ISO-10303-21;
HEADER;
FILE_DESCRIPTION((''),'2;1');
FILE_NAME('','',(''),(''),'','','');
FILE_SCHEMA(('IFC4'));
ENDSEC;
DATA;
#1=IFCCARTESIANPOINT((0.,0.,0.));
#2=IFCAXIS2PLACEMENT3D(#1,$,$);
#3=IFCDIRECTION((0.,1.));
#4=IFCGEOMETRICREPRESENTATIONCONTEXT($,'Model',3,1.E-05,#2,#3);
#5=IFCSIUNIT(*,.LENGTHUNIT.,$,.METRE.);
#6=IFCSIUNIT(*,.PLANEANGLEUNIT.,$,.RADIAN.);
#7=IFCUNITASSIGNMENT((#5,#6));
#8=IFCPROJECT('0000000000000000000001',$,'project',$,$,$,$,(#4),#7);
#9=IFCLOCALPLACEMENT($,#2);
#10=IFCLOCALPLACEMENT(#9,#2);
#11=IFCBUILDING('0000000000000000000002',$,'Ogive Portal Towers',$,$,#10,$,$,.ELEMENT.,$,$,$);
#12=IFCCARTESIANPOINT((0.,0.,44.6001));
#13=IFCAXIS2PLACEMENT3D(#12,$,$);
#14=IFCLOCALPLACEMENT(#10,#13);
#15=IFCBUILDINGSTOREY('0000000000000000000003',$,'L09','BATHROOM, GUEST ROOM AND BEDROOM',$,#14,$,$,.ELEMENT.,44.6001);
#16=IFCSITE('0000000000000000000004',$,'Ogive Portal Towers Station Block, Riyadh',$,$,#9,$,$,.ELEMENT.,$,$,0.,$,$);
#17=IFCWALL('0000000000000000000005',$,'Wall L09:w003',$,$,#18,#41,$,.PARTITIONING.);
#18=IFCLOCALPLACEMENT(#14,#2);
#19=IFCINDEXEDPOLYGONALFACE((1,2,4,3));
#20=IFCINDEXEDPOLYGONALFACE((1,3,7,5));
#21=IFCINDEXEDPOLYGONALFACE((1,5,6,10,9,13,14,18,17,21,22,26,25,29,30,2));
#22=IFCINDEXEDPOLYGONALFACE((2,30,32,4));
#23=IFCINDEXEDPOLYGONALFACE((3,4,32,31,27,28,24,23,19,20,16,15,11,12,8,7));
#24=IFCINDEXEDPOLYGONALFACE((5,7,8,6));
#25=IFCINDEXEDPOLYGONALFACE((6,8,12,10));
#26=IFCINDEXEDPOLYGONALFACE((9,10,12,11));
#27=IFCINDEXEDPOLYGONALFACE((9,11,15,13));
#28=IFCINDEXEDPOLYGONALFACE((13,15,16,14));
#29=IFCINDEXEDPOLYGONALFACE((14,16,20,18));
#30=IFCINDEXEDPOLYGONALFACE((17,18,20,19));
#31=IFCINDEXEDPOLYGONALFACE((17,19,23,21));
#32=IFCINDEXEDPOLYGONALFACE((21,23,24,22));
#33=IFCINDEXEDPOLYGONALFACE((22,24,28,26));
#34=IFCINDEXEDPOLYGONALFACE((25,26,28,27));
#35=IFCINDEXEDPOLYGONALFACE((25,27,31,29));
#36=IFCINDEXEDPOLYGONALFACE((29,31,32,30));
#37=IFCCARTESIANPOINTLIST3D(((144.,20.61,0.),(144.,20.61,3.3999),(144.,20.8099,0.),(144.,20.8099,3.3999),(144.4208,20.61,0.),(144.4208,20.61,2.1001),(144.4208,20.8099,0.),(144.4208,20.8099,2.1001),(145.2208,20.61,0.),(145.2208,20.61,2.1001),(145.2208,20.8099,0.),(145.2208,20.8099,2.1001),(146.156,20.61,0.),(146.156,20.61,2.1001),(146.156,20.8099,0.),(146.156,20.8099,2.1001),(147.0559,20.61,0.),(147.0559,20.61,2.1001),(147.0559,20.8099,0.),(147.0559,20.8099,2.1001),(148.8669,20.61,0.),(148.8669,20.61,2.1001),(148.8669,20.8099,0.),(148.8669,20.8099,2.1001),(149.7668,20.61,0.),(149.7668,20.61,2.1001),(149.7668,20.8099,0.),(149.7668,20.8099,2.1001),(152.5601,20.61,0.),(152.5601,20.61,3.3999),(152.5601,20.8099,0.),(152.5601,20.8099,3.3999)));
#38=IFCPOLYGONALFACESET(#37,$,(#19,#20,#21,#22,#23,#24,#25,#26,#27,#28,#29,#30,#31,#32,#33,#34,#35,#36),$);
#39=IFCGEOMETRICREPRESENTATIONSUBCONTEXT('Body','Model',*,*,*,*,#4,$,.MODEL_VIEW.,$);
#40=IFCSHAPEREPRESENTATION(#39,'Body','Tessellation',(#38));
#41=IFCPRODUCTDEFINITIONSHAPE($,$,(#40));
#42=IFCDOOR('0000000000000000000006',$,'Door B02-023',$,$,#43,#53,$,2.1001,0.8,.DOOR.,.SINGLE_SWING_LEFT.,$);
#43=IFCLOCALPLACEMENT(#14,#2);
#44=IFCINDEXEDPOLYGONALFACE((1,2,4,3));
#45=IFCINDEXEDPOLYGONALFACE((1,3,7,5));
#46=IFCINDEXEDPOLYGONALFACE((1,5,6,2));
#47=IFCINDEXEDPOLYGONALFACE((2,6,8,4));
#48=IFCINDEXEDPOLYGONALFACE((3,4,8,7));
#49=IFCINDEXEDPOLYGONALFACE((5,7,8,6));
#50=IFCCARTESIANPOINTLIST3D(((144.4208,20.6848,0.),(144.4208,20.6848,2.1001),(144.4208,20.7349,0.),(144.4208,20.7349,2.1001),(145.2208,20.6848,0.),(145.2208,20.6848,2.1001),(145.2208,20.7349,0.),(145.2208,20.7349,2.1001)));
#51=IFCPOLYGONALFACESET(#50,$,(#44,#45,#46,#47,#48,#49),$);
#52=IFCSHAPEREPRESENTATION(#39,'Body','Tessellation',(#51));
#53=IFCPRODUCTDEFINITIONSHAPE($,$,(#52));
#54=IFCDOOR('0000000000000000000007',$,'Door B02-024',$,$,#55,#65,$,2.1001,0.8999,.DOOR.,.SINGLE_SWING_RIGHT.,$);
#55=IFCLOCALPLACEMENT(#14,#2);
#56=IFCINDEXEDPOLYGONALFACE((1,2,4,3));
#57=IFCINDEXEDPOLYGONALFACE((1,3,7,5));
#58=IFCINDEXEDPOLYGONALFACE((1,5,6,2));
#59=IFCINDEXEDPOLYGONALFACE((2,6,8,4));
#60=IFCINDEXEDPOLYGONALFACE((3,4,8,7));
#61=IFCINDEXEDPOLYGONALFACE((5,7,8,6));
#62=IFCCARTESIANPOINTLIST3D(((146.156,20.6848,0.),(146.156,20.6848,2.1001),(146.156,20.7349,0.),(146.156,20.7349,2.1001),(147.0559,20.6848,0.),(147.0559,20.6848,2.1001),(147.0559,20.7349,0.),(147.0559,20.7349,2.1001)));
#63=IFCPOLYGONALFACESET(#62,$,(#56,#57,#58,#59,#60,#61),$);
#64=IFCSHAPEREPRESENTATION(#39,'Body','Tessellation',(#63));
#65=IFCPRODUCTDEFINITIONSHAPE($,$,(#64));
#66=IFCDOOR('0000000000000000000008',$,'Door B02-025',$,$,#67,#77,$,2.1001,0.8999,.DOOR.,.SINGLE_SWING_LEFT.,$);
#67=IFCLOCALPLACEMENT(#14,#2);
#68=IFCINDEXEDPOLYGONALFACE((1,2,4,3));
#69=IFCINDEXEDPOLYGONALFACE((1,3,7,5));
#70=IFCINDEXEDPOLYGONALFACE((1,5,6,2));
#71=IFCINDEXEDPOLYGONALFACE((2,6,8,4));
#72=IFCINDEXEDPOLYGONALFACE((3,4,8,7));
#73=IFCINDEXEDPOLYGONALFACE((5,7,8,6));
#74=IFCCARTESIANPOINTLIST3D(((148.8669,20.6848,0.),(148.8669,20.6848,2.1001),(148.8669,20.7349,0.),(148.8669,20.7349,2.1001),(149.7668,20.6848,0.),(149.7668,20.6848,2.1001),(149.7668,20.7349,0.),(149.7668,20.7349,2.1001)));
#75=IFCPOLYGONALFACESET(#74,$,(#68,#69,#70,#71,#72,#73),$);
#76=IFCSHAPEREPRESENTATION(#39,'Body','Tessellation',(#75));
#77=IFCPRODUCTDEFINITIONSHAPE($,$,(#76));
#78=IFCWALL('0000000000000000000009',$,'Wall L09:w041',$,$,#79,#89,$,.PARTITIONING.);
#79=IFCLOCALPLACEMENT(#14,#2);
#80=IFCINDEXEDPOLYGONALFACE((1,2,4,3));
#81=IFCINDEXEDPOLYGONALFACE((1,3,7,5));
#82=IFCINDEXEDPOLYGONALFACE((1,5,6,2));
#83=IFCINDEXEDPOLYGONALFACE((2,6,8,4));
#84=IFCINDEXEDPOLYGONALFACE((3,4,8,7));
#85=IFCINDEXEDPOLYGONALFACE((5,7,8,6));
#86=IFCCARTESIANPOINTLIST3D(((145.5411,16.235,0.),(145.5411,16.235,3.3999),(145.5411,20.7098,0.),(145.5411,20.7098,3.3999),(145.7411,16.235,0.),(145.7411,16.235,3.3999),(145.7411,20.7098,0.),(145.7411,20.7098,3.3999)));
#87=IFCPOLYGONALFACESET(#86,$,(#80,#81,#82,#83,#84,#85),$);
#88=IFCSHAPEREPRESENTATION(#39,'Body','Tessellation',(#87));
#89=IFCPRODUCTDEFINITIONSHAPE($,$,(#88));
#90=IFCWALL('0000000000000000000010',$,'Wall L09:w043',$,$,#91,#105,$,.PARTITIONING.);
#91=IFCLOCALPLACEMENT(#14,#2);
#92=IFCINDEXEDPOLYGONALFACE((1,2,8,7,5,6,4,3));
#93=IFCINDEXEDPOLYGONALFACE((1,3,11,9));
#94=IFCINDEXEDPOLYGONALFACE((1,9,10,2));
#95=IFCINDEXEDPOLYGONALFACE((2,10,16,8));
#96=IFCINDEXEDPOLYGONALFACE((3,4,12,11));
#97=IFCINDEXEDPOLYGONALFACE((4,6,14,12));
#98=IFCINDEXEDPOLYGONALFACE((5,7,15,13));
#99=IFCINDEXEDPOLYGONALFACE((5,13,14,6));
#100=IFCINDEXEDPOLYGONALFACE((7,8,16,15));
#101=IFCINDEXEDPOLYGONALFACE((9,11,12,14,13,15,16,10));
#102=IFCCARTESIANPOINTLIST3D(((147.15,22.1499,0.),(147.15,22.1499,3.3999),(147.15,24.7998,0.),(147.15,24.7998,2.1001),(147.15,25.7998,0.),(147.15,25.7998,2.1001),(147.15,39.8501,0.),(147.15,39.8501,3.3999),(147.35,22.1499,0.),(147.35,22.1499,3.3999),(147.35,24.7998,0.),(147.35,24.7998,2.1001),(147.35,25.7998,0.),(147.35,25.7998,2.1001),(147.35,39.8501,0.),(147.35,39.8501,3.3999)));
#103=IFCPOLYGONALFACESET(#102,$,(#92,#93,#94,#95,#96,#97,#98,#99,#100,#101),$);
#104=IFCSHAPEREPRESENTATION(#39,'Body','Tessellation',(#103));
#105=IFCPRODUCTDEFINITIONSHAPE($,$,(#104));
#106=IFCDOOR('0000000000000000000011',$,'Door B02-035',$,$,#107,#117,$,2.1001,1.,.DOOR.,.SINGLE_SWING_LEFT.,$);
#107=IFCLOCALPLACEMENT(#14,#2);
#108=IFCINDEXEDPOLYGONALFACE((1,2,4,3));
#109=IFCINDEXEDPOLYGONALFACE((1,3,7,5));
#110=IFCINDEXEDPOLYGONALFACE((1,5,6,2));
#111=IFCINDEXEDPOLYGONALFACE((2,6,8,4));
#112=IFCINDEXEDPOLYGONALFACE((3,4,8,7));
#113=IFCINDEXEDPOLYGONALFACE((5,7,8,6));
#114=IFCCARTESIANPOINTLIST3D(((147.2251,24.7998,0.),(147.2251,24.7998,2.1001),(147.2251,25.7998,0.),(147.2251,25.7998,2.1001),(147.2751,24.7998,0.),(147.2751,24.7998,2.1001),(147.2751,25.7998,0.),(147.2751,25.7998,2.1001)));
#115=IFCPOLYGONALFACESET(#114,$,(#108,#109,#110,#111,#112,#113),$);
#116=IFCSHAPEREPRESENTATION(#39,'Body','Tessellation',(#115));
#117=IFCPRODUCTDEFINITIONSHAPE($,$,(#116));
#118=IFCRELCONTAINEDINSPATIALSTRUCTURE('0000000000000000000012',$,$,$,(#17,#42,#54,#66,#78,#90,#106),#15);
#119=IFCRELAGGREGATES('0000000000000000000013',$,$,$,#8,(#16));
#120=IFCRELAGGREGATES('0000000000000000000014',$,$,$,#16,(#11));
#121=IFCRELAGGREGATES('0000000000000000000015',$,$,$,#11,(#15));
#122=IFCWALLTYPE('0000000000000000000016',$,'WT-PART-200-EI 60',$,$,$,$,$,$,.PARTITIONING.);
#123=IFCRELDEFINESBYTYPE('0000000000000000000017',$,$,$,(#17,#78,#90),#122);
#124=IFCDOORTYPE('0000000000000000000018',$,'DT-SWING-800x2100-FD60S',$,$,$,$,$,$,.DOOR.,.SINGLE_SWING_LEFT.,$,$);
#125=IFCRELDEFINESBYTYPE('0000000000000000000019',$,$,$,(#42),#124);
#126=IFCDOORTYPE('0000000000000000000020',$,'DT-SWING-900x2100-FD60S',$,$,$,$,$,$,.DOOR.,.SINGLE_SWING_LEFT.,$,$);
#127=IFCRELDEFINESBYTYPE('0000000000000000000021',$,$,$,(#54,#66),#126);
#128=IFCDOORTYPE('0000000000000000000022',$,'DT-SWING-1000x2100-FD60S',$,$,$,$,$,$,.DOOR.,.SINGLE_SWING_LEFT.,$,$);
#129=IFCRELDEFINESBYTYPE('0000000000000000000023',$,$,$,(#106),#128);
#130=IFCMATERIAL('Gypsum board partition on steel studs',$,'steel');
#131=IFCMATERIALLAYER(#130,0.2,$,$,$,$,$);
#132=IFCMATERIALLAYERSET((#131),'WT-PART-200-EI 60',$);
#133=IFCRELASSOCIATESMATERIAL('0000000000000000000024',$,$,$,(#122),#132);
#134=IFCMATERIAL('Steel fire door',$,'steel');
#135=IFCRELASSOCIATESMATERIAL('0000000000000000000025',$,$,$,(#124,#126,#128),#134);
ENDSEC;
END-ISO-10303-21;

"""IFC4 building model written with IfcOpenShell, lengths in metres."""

from ifc_helpers import new_model, si_unit, direction, frame, frame_2d, origin, place, context, subcontext, project, spatial, rectangle, extrude, material, layer, layer_set, type_object, element, fill, save


model = new_model("IFC4")

# Units and contexts
model_context = context("Model", 3, precision=1e-05, world=origin(), true_north=direction((0.0, 1.0)))
body_context = subcontext(model_context, "Body", "Model", "MODEL_VIEW")
ifc_project = project(units=[si_unit("LENGTHUNIT", "METRE"), si_unit("PLANEANGLEUNIT", "RADIAN")], contexts=[model_context])

# Site, building, storey
site_placement = place(None, origin())
site = spatial("IfcSite", under=ifc_project, at=site_placement, Name="Ogive Portal Towers Station Block, Riyadh", CompositionType="ELEMENT", RefElevation=0.0)
building_placement = place(site_placement, origin())
building = spatial("IfcBuilding", under=site, at=building_placement, Name="Ogive Portal Towers", CompositionType="ELEMENT")
storey_placement = place(building_placement, frame((0.0, 0.0, 44.6001)))
storey = spatial("IfcBuildingStorey", under=building, at=storey_placement, Name="L09", Description="BATHROOM, GUEST ROOM AND BEDROOM", CompositionType="ELEMENT", Elevation=44.6001)

# Wall, openings, doors
ifc_material_1 = material(Name="Gypsum board partition on steel studs", Category="steel")
ifc_layer_1 = layer(ifc_material_1, 0.2)
ifc_layer_set_1 = layer_set([ifc_layer_1], Name="WT-PART-200-EI 60")
wall_type_1 = type_object("IfcWallType", Name="WT-PART-200-EI 60", PredefinedType="PARTITIONING", material=ifc_layer_set_1)
wall_1_placement = place(storey_placement, frame((144.0, 20.71, 0.0), z_axis=(0.0, 0.0, 1.0), x_axis=(1.0, 0.0, 0.0)))
wall_1 = element("IfcWall", 1, at=wall_1_placement, inside=storey, type_object=wall_type_1, Name="Wall L09:w003", PredefinedType="PARTITIONING", context=body_context, shape_type="SweptSolid", body=[
    extrude(rectangle(XDim=8.5601, YDim=0.2, at=frame_2d((4.28, 0.0))), origin(), (0.0, 0.0, 1.0), 3.3999),
])
opening_1_placement = place(wall_1_placement, frame((0.4209, 0.0, 0.0)))
opening_1 = element("IfcOpeningElement", 2, at=opening_1_placement, cuts=wall_1, PredefinedType="OPENING", context=body_context, shape_type="SweptSolid", body=[
    extrude(rectangle(XDim=0.8, YDim=2.1001, at=frame_2d((0.3999, 1.05))), frame((0.0, 0.1099, 0.0), z_axis=(0.0, -1.0, 0.0), x_axis=(1.0, 0.0, 0.0)), (0.0, 0.0, 1.0), 0.22),
])
opening_2_placement = place(wall_1_placement, frame((2.156, 0.0, 0.0)))
opening_2 = element("IfcOpeningElement", 3, at=opening_2_placement, cuts=wall_1, PredefinedType="OPENING", context=body_context, shape_type="SweptSolid", body=[
    extrude(rectangle(XDim=0.8999, YDim=2.1001, at=frame_2d((0.45, 1.05))), frame((0.0, 0.1099, 0.0), z_axis=(0.0, -1.0, 0.0), x_axis=(1.0, 0.0, 0.0)), (0.0, 0.0, 1.0), 0.22),
])
opening_3_placement = place(wall_1_placement, frame((4.8669, 0.0, 0.0)))
opening_3 = element("IfcOpeningElement", 4, at=opening_3_placement, cuts=wall_1, PredefinedType="OPENING", context=body_context, shape_type="SweptSolid", body=[
    extrude(rectangle(XDim=0.8999, YDim=2.1001, at=frame_2d((0.45, 1.05))), frame((0.0, 0.1099, 0.0), z_axis=(0.0, -1.0, 0.0), x_axis=(1.0, 0.0, 0.0)), (0.0, 0.0, 1.0), 0.22),
])
ifc_material_2 = material(Name="Steel fire door", Category="steel")
door_type_1 = type_object("IfcDoorType", Name="DT-SWING-800x2100-FD60S", OperationType="SINGLE_SWING_LEFT", PredefinedType="DOOR", material=ifc_material_2)
door_1_placement = place(opening_1_placement, origin())
door_1 = element("IfcDoor", 5, at=door_1_placement, inside=storey, type_object=door_type_1, Name="Door B02-023", OperationType="SINGLE_SWING_LEFT", OverallHeight=2.1001, OverallWidth=0.8, PredefinedType="DOOR", context=body_context, shape_type="SweptSolid", body=[
    extrude(rectangle(XDim=0.8, YDim=2.1001, at=frame_2d((0.3999, 1.05))), frame((0.0, 0.0249, 0.0), z_axis=(0.0, -1.0, 0.0), x_axis=(1.0, 0.0, 0.0)), (0.0, 0.0, 1.0), 0.05),
])
fill(opening_1, door_1)
door_type_2 = type_object("IfcDoorType", Name="DT-SWING-900x2100-FD60S", OperationType="SINGLE_SWING_LEFT", PredefinedType="DOOR", material=ifc_material_2)
door_2_placement = place(opening_2_placement, origin())
door_2 = element("IfcDoor", 6, at=door_2_placement, inside=storey, type_object=door_type_2, Name="Door B02-024", OperationType="SINGLE_SWING_RIGHT", OverallHeight=2.1001, OverallWidth=0.8999, PredefinedType="DOOR", context=body_context, shape_type="SweptSolid", body=[
    extrude(rectangle(XDim=0.8999, YDim=2.1001, at=frame_2d((0.45, 1.05))), frame((0.0, 0.0249, 0.0), z_axis=(0.0, -1.0, 0.0), x_axis=(1.0, 0.0, 0.0)), (0.0, 0.0, 1.0), 0.05),
])
fill(opening_2, door_2)
door_3_placement = place(opening_3_placement, origin())
door_3 = element("IfcDoor", 7, at=door_3_placement, inside=storey, type_object=door_type_2, Name="Door B02-025", OperationType="SINGLE_SWING_LEFT", OverallHeight=2.1001, OverallWidth=0.8999, PredefinedType="DOOR", context=body_context, shape_type="SweptSolid", body=[
    extrude(rectangle(XDim=0.8999, YDim=2.1001, at=frame_2d((0.45, 1.05))), frame((0.0, 0.0249, 0.0), z_axis=(0.0, -1.0, 0.0), x_axis=(1.0, 0.0, 0.0)), (0.0, 0.0, 1.0), 0.05),
])
fill(opening_3, door_3)

# Wall
wall_2_placement = place(storey_placement, frame((145.6411, 16.2351, 0.0), z_axis=(0.0, 0.0, 1.0), x_axis=(0.0, 1.0, 0.0)))
element("IfcWall", 8, at=wall_2_placement, inside=storey, type_object=wall_type_1, Name="Wall L09:w041", PredefinedType="PARTITIONING", context=body_context, shape_type="SweptSolid", body=[
    extrude(rectangle(XDim=4.4749, YDim=0.2, at=frame_2d((2.2373, 0.0))), origin(), (0.0, 0.0, 1.0), 3.3999),
])

# Wall, opening, door
wall_3_placement = place(storey_placement, frame((147.25, 22.1499, 0.0), z_axis=(0.0, 0.0, 1.0), x_axis=(0.0, 1.0, 0.0)))
wall_3 = element("IfcWall", 9, at=wall_3_placement, inside=storey, type_object=wall_type_1, Name="Wall L09:w043", PredefinedType="PARTITIONING", context=body_context, shape_type="SweptSolid", body=[
    extrude(rectangle(XDim=17.7002, YDim=0.2, at=frame_2d((8.8501, 0.0))), origin(), (0.0, 0.0, 1.0), 3.3999),
])
opening_4_placement = place(wall_3_placement, frame((2.6499, 0.0, 0.0)))
opening_4 = element("IfcOpeningElement", 10, at=opening_4_placement, cuts=wall_3, PredefinedType="OPENING", context=body_context, shape_type="SweptSolid", body=[
    extrude(rectangle(XDim=1.0, YDim=2.1001, at=frame_2d((0.5, 1.05))), frame((0.0, 0.1099, 0.0), z_axis=(0.0, -1.0, 0.0), x_axis=(1.0, 0.0, 0.0)), (0.0, 0.0, 1.0), 0.22),
])
door_type_3 = type_object("IfcDoorType", Name="DT-SWING-1000x2100-FD60S", OperationType="SINGLE_SWING_LEFT", PredefinedType="DOOR", material=ifc_material_2)
door_4_placement = place(opening_4_placement, origin())
door_4 = element("IfcDoor", 11, at=door_4_placement, inside=storey, type_object=door_type_3, Name="Door B02-035", OperationType="SINGLE_SWING_LEFT", OverallHeight=2.1001, OverallWidth=1.0, PredefinedType="DOOR", context=body_context, shape_type="SweptSolid", body=[
    extrude(rectangle(XDim=1.0, YDim=2.1001, at=frame_2d((0.5, 1.05))), frame((0.0, 0.0249, 0.0), z_axis=(0.0, -1.0, 0.0), x_axis=(1.0, 0.0, 0.0)), (0.0, 0.0, 1.0), 0.05),
])
fill(opening_4, door_4)

save(model, "model.ifc")
